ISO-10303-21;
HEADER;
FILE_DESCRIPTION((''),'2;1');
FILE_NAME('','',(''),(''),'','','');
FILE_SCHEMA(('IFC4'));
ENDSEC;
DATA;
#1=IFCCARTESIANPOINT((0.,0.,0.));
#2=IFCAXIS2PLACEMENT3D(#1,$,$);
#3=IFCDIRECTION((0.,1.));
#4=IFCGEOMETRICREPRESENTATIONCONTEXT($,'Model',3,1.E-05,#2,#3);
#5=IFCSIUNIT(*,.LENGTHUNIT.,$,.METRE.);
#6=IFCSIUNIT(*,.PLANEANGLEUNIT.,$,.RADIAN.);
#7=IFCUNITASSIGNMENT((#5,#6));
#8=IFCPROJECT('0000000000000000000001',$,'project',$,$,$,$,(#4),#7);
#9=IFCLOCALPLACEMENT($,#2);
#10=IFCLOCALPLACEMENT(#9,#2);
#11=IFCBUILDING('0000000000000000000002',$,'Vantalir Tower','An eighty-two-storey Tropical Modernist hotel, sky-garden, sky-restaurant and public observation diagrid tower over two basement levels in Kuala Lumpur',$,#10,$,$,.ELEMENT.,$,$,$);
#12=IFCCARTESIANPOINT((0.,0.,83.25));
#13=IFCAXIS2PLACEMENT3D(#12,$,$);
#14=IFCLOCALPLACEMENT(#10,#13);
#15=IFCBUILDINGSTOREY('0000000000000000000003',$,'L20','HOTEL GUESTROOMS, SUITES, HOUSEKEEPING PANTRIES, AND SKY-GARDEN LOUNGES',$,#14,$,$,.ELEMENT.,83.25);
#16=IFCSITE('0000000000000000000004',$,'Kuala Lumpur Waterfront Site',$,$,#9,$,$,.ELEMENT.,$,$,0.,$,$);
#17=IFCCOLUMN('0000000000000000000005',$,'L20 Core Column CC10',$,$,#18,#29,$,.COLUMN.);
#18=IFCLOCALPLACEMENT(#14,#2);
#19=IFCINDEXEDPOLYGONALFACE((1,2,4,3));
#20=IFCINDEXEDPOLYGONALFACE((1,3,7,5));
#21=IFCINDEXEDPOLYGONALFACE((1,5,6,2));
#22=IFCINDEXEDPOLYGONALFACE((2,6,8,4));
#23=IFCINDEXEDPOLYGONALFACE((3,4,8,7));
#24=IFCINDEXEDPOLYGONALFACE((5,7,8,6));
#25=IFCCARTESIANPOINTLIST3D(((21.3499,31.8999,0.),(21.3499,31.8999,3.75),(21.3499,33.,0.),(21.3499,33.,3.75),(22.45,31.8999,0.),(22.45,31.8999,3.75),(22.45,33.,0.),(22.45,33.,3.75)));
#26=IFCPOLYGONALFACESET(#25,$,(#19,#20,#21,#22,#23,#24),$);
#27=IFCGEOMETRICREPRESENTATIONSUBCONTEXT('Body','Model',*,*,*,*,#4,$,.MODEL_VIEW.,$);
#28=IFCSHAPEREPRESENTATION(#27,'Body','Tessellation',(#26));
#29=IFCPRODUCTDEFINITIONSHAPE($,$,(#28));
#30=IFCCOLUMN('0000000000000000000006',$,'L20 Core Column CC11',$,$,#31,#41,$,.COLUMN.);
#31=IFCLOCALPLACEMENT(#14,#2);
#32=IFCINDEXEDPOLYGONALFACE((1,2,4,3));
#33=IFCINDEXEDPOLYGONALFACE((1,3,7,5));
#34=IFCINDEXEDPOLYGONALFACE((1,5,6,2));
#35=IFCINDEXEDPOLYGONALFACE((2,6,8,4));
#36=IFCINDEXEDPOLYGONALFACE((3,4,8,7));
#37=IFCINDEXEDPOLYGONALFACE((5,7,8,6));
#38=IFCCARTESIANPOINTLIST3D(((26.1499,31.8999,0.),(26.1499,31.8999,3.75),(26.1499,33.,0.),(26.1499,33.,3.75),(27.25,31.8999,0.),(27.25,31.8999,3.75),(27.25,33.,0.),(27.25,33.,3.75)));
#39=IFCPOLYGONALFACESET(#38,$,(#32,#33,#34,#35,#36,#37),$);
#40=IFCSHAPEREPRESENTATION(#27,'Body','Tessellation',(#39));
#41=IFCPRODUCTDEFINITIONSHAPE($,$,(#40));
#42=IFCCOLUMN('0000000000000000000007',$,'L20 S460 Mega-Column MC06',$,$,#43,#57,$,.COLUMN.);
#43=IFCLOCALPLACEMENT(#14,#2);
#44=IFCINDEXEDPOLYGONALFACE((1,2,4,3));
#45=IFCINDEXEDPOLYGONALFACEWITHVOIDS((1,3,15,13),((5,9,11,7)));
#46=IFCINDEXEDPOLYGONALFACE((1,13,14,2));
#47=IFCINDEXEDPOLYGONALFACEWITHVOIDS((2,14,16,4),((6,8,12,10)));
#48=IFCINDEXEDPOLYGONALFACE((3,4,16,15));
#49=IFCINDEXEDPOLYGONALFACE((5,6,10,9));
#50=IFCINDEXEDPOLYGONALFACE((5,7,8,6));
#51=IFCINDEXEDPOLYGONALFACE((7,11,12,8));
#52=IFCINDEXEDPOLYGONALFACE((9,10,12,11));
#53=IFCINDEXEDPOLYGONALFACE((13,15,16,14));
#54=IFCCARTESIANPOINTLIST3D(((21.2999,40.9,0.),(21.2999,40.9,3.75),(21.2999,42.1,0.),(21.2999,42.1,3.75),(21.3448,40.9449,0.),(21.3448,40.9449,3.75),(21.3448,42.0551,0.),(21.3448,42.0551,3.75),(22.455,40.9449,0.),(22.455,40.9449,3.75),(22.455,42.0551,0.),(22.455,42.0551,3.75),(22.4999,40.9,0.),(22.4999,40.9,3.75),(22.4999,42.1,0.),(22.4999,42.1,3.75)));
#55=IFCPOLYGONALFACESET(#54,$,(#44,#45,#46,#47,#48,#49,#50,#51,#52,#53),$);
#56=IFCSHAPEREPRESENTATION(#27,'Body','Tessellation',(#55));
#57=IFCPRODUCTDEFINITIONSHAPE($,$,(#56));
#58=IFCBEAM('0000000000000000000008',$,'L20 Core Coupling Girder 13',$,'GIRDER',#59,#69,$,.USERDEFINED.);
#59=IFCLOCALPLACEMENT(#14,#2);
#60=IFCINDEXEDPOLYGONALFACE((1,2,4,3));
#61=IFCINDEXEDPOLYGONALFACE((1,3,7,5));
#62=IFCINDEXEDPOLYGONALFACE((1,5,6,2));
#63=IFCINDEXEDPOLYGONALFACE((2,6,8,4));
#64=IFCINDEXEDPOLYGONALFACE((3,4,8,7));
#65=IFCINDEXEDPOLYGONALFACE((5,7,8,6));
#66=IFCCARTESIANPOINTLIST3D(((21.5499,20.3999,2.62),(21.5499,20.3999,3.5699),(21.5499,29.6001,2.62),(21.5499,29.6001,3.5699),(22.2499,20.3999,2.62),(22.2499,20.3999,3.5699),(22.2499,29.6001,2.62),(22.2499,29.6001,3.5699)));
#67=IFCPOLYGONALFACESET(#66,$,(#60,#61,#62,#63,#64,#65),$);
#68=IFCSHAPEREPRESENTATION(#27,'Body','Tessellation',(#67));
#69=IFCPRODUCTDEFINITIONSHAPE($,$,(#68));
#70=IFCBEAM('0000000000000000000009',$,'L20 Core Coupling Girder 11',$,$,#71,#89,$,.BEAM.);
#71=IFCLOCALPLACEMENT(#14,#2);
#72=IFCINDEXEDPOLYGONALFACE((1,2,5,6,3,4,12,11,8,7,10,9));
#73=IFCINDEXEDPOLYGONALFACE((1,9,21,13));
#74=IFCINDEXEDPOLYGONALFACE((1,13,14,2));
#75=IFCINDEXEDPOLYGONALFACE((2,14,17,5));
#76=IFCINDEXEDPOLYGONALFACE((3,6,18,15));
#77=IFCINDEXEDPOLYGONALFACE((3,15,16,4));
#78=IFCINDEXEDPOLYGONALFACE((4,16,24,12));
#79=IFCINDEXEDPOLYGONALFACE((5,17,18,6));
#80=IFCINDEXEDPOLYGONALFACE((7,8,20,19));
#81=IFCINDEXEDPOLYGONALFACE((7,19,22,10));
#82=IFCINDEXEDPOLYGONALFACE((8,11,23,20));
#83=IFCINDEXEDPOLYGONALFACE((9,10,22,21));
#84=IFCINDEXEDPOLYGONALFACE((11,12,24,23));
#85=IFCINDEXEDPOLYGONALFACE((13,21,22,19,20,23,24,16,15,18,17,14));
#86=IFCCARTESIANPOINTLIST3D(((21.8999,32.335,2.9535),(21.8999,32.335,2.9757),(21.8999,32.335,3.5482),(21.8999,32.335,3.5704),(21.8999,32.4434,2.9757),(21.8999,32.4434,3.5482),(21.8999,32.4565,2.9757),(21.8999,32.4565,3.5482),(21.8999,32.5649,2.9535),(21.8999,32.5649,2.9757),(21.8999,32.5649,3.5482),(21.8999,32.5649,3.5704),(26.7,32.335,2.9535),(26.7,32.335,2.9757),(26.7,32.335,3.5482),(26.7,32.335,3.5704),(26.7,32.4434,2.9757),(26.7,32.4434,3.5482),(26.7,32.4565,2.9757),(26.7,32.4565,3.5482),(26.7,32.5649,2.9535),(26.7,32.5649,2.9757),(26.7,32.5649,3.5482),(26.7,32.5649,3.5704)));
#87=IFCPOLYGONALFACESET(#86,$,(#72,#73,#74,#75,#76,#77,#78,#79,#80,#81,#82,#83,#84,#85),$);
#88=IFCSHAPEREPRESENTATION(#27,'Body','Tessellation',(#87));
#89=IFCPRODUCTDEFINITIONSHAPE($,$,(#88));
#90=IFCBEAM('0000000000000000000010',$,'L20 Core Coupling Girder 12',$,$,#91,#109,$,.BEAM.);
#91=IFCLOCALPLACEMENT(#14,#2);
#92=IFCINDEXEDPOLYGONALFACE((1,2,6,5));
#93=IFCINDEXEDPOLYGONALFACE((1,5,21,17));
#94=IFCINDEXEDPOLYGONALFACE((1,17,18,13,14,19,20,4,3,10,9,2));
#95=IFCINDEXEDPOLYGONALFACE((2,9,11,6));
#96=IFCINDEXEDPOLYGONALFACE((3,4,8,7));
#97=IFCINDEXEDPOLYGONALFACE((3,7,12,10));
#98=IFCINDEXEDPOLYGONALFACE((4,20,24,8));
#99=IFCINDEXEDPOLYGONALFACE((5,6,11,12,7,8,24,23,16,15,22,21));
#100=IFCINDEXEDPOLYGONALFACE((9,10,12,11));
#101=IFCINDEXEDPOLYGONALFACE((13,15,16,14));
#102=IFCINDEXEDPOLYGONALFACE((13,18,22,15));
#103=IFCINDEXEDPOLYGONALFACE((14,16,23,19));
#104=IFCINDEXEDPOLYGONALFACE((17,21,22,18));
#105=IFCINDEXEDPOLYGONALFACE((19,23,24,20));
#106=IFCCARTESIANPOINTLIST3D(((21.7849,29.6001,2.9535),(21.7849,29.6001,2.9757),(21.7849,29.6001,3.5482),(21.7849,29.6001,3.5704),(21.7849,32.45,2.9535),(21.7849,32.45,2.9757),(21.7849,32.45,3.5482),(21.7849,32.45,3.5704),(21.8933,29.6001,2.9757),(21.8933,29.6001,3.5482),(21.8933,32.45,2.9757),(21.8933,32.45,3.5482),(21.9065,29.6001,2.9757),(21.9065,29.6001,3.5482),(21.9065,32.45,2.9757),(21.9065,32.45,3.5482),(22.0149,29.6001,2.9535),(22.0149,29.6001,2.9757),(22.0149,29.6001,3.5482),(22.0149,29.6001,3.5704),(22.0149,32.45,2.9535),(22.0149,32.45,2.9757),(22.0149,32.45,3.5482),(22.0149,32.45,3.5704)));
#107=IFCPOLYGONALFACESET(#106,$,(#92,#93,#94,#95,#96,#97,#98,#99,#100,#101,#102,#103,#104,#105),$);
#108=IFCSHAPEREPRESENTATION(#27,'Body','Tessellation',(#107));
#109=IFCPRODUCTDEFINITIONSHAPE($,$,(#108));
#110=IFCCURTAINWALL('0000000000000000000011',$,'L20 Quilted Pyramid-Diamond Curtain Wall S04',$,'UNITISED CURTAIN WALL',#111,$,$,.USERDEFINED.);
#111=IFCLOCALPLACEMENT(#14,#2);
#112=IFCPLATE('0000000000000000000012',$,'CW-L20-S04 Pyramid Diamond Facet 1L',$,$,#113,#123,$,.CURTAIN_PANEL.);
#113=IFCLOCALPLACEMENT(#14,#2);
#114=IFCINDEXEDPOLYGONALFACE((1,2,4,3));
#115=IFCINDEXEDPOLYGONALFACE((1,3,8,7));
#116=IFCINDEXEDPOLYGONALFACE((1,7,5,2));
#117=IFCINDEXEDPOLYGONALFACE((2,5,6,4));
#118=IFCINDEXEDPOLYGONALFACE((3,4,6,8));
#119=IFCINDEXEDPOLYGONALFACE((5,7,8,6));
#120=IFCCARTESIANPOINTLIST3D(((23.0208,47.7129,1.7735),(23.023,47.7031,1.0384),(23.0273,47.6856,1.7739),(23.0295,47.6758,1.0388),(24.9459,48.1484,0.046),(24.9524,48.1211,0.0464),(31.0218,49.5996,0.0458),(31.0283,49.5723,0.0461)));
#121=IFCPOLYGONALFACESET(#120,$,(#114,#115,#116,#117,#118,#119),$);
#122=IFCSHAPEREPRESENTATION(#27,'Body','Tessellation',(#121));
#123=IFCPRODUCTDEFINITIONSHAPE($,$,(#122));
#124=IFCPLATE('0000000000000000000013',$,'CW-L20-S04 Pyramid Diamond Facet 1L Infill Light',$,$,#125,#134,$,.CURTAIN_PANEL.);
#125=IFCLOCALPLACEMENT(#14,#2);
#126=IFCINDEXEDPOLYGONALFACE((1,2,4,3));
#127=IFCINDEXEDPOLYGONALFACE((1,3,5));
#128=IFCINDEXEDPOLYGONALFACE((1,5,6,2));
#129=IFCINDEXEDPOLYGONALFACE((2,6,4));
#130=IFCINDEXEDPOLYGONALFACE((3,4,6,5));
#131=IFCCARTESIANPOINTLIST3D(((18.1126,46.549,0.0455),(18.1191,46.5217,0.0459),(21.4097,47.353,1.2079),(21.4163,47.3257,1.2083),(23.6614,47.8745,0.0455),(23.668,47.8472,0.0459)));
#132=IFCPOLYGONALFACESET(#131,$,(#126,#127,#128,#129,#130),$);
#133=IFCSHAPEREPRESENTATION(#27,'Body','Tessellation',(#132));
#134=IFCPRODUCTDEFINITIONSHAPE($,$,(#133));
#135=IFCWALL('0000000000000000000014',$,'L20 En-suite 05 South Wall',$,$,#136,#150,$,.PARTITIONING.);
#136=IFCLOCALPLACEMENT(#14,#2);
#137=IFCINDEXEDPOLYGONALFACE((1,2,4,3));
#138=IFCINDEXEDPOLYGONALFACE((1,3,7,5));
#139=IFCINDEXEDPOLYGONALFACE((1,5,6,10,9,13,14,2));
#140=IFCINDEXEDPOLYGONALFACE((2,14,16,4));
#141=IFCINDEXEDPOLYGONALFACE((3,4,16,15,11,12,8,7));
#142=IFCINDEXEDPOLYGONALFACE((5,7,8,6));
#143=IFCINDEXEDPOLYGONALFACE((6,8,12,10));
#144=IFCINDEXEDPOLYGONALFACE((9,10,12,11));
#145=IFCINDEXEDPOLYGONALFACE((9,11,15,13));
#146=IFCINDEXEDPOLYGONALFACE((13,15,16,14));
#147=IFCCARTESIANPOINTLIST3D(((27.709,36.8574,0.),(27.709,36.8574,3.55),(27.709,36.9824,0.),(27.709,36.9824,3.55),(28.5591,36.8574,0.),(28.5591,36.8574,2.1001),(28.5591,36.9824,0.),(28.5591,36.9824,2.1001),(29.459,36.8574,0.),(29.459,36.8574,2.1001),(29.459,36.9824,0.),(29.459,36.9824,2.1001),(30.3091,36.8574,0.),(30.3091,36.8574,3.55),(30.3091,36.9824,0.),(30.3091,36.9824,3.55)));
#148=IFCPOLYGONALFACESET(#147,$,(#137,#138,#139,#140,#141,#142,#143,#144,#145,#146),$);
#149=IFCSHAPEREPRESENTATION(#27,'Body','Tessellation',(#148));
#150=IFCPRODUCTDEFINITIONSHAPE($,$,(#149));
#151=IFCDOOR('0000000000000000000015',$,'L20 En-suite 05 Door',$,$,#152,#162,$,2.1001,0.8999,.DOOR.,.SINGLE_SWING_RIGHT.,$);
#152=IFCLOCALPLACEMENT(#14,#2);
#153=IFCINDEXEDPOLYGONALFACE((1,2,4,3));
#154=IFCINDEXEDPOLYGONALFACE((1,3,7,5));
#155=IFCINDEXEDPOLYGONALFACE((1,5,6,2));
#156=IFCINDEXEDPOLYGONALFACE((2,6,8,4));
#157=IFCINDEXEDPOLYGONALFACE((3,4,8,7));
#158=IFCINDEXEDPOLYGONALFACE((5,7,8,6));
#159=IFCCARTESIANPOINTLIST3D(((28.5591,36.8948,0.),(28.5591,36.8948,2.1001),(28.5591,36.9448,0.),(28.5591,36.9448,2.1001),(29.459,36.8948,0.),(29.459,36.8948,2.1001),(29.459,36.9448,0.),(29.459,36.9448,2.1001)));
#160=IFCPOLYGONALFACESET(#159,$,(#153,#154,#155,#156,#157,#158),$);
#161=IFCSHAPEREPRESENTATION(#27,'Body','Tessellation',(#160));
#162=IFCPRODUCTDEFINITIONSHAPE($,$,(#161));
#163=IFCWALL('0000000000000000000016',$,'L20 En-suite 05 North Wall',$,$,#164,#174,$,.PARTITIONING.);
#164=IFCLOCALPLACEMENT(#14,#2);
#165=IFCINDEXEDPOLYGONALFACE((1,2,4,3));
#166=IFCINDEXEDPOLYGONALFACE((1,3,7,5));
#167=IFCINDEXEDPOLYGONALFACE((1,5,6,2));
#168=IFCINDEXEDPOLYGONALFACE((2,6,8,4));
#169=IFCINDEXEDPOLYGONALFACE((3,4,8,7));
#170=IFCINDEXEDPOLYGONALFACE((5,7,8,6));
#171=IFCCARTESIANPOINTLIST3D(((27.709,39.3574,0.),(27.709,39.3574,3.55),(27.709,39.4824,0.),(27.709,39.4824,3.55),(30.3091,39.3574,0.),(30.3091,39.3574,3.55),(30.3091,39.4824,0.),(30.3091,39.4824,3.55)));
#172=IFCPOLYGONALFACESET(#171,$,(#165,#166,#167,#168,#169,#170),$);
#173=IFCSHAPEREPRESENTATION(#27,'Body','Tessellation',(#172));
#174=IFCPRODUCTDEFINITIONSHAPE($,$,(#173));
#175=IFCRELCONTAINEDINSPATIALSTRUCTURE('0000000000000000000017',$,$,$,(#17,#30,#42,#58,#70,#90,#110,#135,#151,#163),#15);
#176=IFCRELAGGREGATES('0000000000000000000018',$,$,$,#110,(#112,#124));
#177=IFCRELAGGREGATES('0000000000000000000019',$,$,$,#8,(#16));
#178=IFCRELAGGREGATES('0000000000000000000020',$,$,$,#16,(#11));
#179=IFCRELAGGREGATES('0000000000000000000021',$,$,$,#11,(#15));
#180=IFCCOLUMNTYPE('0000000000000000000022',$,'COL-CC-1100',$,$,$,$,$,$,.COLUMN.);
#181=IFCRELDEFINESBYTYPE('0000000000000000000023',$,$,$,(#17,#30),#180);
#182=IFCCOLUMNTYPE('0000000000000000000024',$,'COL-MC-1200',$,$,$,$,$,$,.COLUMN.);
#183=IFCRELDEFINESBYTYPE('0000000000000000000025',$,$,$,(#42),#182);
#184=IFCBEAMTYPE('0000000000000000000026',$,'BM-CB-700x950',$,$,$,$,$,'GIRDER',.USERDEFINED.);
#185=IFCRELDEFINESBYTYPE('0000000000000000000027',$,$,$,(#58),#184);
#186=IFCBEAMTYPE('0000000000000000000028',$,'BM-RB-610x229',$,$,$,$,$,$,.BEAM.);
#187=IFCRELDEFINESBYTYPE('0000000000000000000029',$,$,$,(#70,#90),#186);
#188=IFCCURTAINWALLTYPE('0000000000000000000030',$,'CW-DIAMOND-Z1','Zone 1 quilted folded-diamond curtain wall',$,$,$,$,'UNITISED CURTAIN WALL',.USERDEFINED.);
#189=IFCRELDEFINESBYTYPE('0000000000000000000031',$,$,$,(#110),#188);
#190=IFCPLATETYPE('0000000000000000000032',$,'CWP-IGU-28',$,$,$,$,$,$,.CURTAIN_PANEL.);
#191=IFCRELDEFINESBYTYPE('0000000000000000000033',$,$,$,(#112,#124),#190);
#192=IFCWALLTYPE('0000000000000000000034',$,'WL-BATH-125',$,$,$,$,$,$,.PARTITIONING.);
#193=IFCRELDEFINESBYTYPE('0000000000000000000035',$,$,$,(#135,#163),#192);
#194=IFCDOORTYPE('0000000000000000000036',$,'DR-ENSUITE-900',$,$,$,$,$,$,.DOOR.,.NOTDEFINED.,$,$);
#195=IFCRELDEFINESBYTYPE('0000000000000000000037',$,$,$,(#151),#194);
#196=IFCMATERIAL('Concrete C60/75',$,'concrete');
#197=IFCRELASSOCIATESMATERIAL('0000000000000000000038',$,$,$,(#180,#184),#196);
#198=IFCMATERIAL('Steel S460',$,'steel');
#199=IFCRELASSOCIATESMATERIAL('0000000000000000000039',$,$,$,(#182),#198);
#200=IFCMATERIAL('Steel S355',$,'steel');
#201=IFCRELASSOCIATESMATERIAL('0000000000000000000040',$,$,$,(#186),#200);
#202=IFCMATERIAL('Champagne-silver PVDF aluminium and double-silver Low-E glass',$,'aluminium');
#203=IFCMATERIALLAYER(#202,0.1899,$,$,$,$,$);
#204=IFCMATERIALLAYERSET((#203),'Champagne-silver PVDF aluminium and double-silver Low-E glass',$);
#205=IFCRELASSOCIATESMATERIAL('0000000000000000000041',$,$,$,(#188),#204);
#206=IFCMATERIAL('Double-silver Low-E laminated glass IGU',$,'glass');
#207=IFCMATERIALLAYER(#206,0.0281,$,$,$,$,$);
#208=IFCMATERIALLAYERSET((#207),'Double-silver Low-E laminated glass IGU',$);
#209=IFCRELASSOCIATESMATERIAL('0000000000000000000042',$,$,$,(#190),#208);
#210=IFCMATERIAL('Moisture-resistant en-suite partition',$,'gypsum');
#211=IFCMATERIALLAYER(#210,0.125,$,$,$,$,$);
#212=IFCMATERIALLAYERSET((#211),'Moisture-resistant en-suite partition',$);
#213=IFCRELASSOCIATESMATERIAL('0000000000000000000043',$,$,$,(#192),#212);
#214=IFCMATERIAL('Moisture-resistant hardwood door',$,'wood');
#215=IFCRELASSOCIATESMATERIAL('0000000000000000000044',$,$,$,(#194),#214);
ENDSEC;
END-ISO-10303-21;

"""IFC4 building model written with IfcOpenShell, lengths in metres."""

from ifc_helpers import new_model, si_unit, direction, frame, frame_2d, origin, origin_2d, place, context, subcontext, project, spatial, polyline, rectangle, hollow_rectangle, i_section, outline, extrude, material, layer, layer_set, material_profile, profile_set, type_object, element, fill, aggregate, save


model = new_model("IFC4")

# Units and contexts
model_context = context("Model", 3, precision=1e-05, world=origin(), true_north=direction((0.0, 1.0)))
body_context = subcontext(model_context, "Body", "Model", "MODEL_VIEW")
ifc_project = project(units=[si_unit("LENGTHUNIT", "METRE"), si_unit("PLANEANGLEUNIT", "RADIAN")], contexts=[model_context])

# Site, building, storey
site_placement = place(None, origin())
site = spatial("IfcSite", under=ifc_project, at=site_placement, Name="Kuala Lumpur Waterfront Site", CompositionType="ELEMENT", RefElevation=0.0)
building_placement = place(site_placement, origin())
building = spatial("IfcBuilding", under=site, at=building_placement, Name="Vantalir Tower", Description="An eighty-two-storey Tropical Modernist hotel, sky-garden, sky-restaurant and public observation diagrid tower over two basement levels in Kuala Lumpur", CompositionType="ELEMENT")
storey_placement = place(building_placement, frame((0.0, 0.0, 83.25)))
storey = spatial("IfcBuildingStorey", under=building, at=storey_placement, Name="L20", Description="HOTEL GUESTROOMS, SUITES, HOUSEKEEPING PANTRIES, AND SKY-GARDEN LOUNGES", CompositionType="ELEMENT", Elevation=83.25)

# Columns
ifc_material_1 = material(Name="Concrete C60/75", Category="concrete")
ifc_material_profile_1 = material_profile(ifc_material_1, rectangle(XDim=1.1001, YDim=1.1001, at=origin_2d()), Name="Concrete C60/75")
ifc_profile_set_1 = profile_set([ifc_material_profile_1], Name="Concrete C60/75")
column_type_1 = type_object("IfcColumnType", Name="COL-CC-1100", PredefinedType="COLUMN", material=ifc_profile_set_1)
for number, where, z_axis, x_axis, name in (
    (1, (21.8999, 32.45, 0.0), (0.0, 0.0, 1.0), (1.0, 0.0, 0.0), "L20 Core Column CC10"),
    (2, (26.7, 32.45, 0.0), (0.0, 0.0, 1.0), (1.0, 0.0, 0.0), "L20 Core Column CC11"),
):
    element("IfcColumn", number, at=place(storey_placement, frame(where, z_axis=z_axis, x_axis=x_axis)), inside=storey, type_object=column_type_1, Name=name, PredefinedType="COLUMN", context=body_context, shape_type="SweptSolid", body=[
        extrude(rectangle(XDim=1.1001, YDim=1.1001, at=origin_2d()), origin(), (0.0, 0.0, 1.0), 3.75),
    ])
ifc_material_2 = material(Name="Steel S460", Category="steel")
ifc_material_profile_2 = material_profile(ifc_material_2, hollow_rectangle(XDim=1.2, YDim=1.2, WallThickness=0.0449, at=origin_2d()), Name="Steel S460")
ifc_profile_set_2 = profile_set([ifc_material_profile_2], Name="Steel S460")
column_type_2 = type_object("IfcColumnType", Name="COL-MC-1200", PredefinedType="COLUMN", material=ifc_profile_set_2)
column_placement = place(storey_placement, frame((21.8999, 41.5, 0.0), z_axis=(0.0, 0.0, 1.0), x_axis=(1.0, 0.0, 0.0)))
element("IfcColumn", 3, at=column_placement, inside=storey, type_object=column_type_2, Name="L20 S460 Mega-Column MC06", PredefinedType="COLUMN", context=body_context, shape_type="SweptSolid", body=[
    extrude(hollow_rectangle(XDim=1.2, YDim=1.2, WallThickness=0.0449, at=origin_2d()), origin(), (0.0, 0.0, 1.0), 3.75),
])

# Beams
ifc_material_profile_3 = material_profile(ifc_material_1, rectangle(XDim=0.7, YDim=0.95, at=origin_2d()), Name="Concrete C60/75")
ifc_profile_set_3 = profile_set([ifc_material_profile_3], Name="Concrete C60/75")
beam_type_1 = type_object("IfcBeamType", Name="BM-CB-700x950", ElementType="GIRDER", PredefinedType="USERDEFINED", material=ifc_profile_set_3)
beam_1_placement = place(storey_placement, frame((21.8999, 29.6001, 3.095), z_axis=(0.0, -1.0, 0.0), x_axis=(1.0, 0.0, 0.0)))
element("IfcBeam", 4, at=beam_1_placement, inside=storey, type_object=beam_type_1, Name="L20 Core Coupling Girder 13", ObjectType="GIRDER", PredefinedType="USERDEFINED", context=body_context, shape_type="SweptSolid", body=[
    extrude(rectangle(XDim=0.7, YDim=0.95, at=origin_2d()), origin(), (0.0, 0.0, 1.0), 9.2002),
])
ifc_material_3 = material(Name="Steel S355", Category="steel")
ifc_material_profile_4 = material_profile(ifc_material_3, i_section(OverallWidth=0.23, OverallDepth=0.6169, WebThickness=0.0132, FlangeThickness=0.0222, at=origin_2d()), Name="Steel S355")
ifc_profile_set_4 = profile_set([ifc_material_profile_4], Name="Steel S355")
beam_type_2 = type_object("IfcBeamType", Name="BM-RB-610x229", PredefinedType="BEAM", material=ifc_profile_set_4)
beam_2_placement = place(storey_placement, frame((26.7, 32.45, 3.262), z_axis=(-1.0, 0.0, 0.0), x_axis=(0.0, -1.0, 0.0)))
element("IfcBeam", 5, at=beam_2_placement, inside=storey, type_object=beam_type_2, Name="L20 Core Coupling Girder 11", PredefinedType="BEAM", context=body_context, shape_type="SweptSolid", body=[
    extrude(i_section(OverallWidth=0.23, OverallDepth=0.6169, WebThickness=0.0132, FlangeThickness=0.0222, at=origin_2d()), origin(), (0.0, 0.0, 1.0), 4.8),
])
beam_3_placement = place(storey_placement, frame((21.8999, 32.45, 3.262), z_axis=(0.0, -1.0, 0.0), x_axis=(1.0, 0.0, 0.0)))
element("IfcBeam", 6, at=beam_3_placement, inside=storey, type_object=beam_type_2, Name="L20 Core Coupling Girder 12", PredefinedType="BEAM", context=body_context, shape_type="SweptSolid", body=[
    extrude(i_section(OverallWidth=0.23, OverallDepth=0.6169, WebThickness=0.0132, FlangeThickness=0.0222, at=origin_2d()), origin(), (0.0, 0.0, 1.0), 2.8499),
])

# Curtain wall, plates
ifc_material_4 = material(Name="Champagne-silver PVDF aluminium and double-silver Low-E glass", Category="aluminium")
ifc_layer_1 = layer(ifc_material_4, 0.1899)
ifc_layer_set_1 = layer_set([ifc_layer_1], Name="Champagne-silver PVDF aluminium and double-silver Low-E glass")
curtain_wall_type = type_object("IfcCurtainWallType", Name="CW-DIAMOND-Z1", Description="Zone 1 quilted folded-diamond curtain wall", ElementType="UNITISED CURTAIN WALL", PredefinedType="USERDEFINED", material=ifc_layer_set_1)
curtain_wall_placement = place(storey_placement, origin())
curtain_wall = element("IfcCurtainWall", 7, at=curtain_wall_placement, inside=storey, type_object=curtain_wall_type, Name="L20 Quilted Pyramid-Diamond Curtain Wall S04", ObjectType="UNITISED CURTAIN WALL", PredefinedType="USERDEFINED")
ifc_material_5 = material(Name="Double-silver Low-E laminated glass IGU", Category="glass")
ifc_layer_2 = layer(ifc_material_5, 0.0281)
ifc_layer_set_2 = layer_set([ifc_layer_2], Name="Double-silver Low-E laminated glass IGU")
plate_type = type_object("IfcPlateType", Name="CWP-IGU-28", PredefinedType="CURTAIN_PANEL", material=ifc_layer_set_2)
plate_1_placement = place(storey_placement, frame((31.0283, 49.5723, 0.0461), z_axis=(0.232282, -0.972553, 0.013639), x_axis=(-0.972644, -0.232303, 0.000039)))
plate_1 = element("IfcPlate", 8, at=plate_1_placement, type_object=plate_type, Name="CW-L20-S04 Pyramid Diamond Facet 1L", PredefinedType="CURTAIN_PANEL", context=body_context, shape_type="SweptSolid", body=[
    extrude(outline(polyline([(0.0, 0.0), (6.2468, 0.0), (8.2206, -0.9924), (8.2205, -1.7276), (0.0, 0.0)])), origin(), (0.0, 0.0, -1.0), 0.0281),
])
plate_2_placement = place(storey_placement, frame((23.668, 47.8472, 0.0459), z_axis=(0.23231, -0.972545, 0.013703), x_axis=(-0.972637, -0.232332, 0.0)))
plate_2 = element("IfcPlate", 9, at=plate_2_placement, type_object=plate_type, Name="CW-L20-S04 Pyramid Diamond Facet 1L Infill Light", PredefinedType="CURTAIN_PANEL", context=body_context, shape_type="SweptSolid", body=[
    extrude(outline(polyline([(0.0, 0.0), (5.7049, 0.0), (2.3113, -1.1625), (0.0, 0.0)])), origin(), (0.0, 0.0, -1.0), 0.0281),
])
aggregate(curtain_wall, [plate_1, plate_2])

# Wall, opening, door
ifc_material_6 = material(Name="Moisture-resistant en-suite partition", Category="gypsum")
ifc_layer_3 = layer(ifc_material_6, 0.125)
ifc_layer_set_3 = layer_set([ifc_layer_3], Name="Moisture-resistant en-suite partition")
wall_type_1 = type_object("IfcWallType", Name="WL-BATH-125", PredefinedType="PARTITIONING", material=ifc_layer_set_3)
wall_1_placement = place(storey_placement, frame((27.709, 36.9199, 0.0), z_axis=(0.0, 0.0, 1.0), x_axis=(1.0, 0.0, 0.0)))
wall_1 = element("IfcWall", 10, at=wall_1_placement, inside=storey, type_object=wall_type_1, Name="L20 En-suite 05 South Wall", PredefinedType="PARTITIONING", context=body_context, shape_type="SweptSolid", body=[
    extrude(rectangle(XDim=2.6001, YDim=0.125, at=frame_2d((1.3, 0.0))), origin(), (0.0, 0.0, 1.0), 3.55),
])
opening_1_placement = place(wall_1_placement, frame((0.8501, 0.0, 0.0)))
opening_1 = element("IfcOpeningElement", 11, at=opening_1_placement, cuts=wall_1, PredefinedType="OPENING", context=body_context, shape_type="SweptSolid", body=[
    extrude(rectangle(XDim=0.8999, YDim=2.1001, at=frame_2d((0.45, 1.05))), frame((0.0, 0.0725, 0.0), z_axis=(0.0, -1.0, 0.0), x_axis=(1.0, 0.0, 0.0)), (0.0, 0.0, 1.0), 0.145),
])
ifc_material_7 = material(Name="Moisture-resistant hardwood door", Category="wood")
door_type_1 = type_object("IfcDoorType", Name="DR-ENSUITE-900", OperationType="NOTDEFINED", PredefinedType="DOOR", material=ifc_material_7)
door_1_placement = place(opening_1_placement, origin())
door_1 = element("IfcDoor", 12, at=door_1_placement, inside=storey, type_object=door_type_1, Name="L20 En-suite 05 Door", OperationType="SINGLE_SWING_RIGHT", OverallHeight=2.1001, OverallWidth=0.8999, PredefinedType="DOOR", context=body_context, shape_type="SweptSolid", body=[
    extrude(rectangle(XDim=0.8999, YDim=2.1001, at=frame_2d((0.45, 1.05))), frame((0.0, 0.0249, 0.0), z_axis=(0.0, -1.0, 0.0), x_axis=(1.0, 0.0, 0.0)), (0.0, 0.0, 1.0), 0.05),
])
fill(opening_1, door_1)

# Wall
wall_2_placement = place(storey_placement, frame((27.709, 39.4199, 0.0), z_axis=(0.0, 0.0, 1.0), x_axis=(1.0, 0.0, 0.0)))
element("IfcWall", 13, at=wall_2_placement, inside=storey, type_object=wall_type_1, Name="L20 En-suite 05 North Wall", PredefinedType="PARTITIONING", context=body_context, shape_type="SweptSolid", body=[
    extrude(rectangle(XDim=2.6001, YDim=0.125, at=frame_2d((1.3, 0.0))), origin(), (0.0, 0.0, 1.0), 3.55),
])

save(model, "model.ifc")
